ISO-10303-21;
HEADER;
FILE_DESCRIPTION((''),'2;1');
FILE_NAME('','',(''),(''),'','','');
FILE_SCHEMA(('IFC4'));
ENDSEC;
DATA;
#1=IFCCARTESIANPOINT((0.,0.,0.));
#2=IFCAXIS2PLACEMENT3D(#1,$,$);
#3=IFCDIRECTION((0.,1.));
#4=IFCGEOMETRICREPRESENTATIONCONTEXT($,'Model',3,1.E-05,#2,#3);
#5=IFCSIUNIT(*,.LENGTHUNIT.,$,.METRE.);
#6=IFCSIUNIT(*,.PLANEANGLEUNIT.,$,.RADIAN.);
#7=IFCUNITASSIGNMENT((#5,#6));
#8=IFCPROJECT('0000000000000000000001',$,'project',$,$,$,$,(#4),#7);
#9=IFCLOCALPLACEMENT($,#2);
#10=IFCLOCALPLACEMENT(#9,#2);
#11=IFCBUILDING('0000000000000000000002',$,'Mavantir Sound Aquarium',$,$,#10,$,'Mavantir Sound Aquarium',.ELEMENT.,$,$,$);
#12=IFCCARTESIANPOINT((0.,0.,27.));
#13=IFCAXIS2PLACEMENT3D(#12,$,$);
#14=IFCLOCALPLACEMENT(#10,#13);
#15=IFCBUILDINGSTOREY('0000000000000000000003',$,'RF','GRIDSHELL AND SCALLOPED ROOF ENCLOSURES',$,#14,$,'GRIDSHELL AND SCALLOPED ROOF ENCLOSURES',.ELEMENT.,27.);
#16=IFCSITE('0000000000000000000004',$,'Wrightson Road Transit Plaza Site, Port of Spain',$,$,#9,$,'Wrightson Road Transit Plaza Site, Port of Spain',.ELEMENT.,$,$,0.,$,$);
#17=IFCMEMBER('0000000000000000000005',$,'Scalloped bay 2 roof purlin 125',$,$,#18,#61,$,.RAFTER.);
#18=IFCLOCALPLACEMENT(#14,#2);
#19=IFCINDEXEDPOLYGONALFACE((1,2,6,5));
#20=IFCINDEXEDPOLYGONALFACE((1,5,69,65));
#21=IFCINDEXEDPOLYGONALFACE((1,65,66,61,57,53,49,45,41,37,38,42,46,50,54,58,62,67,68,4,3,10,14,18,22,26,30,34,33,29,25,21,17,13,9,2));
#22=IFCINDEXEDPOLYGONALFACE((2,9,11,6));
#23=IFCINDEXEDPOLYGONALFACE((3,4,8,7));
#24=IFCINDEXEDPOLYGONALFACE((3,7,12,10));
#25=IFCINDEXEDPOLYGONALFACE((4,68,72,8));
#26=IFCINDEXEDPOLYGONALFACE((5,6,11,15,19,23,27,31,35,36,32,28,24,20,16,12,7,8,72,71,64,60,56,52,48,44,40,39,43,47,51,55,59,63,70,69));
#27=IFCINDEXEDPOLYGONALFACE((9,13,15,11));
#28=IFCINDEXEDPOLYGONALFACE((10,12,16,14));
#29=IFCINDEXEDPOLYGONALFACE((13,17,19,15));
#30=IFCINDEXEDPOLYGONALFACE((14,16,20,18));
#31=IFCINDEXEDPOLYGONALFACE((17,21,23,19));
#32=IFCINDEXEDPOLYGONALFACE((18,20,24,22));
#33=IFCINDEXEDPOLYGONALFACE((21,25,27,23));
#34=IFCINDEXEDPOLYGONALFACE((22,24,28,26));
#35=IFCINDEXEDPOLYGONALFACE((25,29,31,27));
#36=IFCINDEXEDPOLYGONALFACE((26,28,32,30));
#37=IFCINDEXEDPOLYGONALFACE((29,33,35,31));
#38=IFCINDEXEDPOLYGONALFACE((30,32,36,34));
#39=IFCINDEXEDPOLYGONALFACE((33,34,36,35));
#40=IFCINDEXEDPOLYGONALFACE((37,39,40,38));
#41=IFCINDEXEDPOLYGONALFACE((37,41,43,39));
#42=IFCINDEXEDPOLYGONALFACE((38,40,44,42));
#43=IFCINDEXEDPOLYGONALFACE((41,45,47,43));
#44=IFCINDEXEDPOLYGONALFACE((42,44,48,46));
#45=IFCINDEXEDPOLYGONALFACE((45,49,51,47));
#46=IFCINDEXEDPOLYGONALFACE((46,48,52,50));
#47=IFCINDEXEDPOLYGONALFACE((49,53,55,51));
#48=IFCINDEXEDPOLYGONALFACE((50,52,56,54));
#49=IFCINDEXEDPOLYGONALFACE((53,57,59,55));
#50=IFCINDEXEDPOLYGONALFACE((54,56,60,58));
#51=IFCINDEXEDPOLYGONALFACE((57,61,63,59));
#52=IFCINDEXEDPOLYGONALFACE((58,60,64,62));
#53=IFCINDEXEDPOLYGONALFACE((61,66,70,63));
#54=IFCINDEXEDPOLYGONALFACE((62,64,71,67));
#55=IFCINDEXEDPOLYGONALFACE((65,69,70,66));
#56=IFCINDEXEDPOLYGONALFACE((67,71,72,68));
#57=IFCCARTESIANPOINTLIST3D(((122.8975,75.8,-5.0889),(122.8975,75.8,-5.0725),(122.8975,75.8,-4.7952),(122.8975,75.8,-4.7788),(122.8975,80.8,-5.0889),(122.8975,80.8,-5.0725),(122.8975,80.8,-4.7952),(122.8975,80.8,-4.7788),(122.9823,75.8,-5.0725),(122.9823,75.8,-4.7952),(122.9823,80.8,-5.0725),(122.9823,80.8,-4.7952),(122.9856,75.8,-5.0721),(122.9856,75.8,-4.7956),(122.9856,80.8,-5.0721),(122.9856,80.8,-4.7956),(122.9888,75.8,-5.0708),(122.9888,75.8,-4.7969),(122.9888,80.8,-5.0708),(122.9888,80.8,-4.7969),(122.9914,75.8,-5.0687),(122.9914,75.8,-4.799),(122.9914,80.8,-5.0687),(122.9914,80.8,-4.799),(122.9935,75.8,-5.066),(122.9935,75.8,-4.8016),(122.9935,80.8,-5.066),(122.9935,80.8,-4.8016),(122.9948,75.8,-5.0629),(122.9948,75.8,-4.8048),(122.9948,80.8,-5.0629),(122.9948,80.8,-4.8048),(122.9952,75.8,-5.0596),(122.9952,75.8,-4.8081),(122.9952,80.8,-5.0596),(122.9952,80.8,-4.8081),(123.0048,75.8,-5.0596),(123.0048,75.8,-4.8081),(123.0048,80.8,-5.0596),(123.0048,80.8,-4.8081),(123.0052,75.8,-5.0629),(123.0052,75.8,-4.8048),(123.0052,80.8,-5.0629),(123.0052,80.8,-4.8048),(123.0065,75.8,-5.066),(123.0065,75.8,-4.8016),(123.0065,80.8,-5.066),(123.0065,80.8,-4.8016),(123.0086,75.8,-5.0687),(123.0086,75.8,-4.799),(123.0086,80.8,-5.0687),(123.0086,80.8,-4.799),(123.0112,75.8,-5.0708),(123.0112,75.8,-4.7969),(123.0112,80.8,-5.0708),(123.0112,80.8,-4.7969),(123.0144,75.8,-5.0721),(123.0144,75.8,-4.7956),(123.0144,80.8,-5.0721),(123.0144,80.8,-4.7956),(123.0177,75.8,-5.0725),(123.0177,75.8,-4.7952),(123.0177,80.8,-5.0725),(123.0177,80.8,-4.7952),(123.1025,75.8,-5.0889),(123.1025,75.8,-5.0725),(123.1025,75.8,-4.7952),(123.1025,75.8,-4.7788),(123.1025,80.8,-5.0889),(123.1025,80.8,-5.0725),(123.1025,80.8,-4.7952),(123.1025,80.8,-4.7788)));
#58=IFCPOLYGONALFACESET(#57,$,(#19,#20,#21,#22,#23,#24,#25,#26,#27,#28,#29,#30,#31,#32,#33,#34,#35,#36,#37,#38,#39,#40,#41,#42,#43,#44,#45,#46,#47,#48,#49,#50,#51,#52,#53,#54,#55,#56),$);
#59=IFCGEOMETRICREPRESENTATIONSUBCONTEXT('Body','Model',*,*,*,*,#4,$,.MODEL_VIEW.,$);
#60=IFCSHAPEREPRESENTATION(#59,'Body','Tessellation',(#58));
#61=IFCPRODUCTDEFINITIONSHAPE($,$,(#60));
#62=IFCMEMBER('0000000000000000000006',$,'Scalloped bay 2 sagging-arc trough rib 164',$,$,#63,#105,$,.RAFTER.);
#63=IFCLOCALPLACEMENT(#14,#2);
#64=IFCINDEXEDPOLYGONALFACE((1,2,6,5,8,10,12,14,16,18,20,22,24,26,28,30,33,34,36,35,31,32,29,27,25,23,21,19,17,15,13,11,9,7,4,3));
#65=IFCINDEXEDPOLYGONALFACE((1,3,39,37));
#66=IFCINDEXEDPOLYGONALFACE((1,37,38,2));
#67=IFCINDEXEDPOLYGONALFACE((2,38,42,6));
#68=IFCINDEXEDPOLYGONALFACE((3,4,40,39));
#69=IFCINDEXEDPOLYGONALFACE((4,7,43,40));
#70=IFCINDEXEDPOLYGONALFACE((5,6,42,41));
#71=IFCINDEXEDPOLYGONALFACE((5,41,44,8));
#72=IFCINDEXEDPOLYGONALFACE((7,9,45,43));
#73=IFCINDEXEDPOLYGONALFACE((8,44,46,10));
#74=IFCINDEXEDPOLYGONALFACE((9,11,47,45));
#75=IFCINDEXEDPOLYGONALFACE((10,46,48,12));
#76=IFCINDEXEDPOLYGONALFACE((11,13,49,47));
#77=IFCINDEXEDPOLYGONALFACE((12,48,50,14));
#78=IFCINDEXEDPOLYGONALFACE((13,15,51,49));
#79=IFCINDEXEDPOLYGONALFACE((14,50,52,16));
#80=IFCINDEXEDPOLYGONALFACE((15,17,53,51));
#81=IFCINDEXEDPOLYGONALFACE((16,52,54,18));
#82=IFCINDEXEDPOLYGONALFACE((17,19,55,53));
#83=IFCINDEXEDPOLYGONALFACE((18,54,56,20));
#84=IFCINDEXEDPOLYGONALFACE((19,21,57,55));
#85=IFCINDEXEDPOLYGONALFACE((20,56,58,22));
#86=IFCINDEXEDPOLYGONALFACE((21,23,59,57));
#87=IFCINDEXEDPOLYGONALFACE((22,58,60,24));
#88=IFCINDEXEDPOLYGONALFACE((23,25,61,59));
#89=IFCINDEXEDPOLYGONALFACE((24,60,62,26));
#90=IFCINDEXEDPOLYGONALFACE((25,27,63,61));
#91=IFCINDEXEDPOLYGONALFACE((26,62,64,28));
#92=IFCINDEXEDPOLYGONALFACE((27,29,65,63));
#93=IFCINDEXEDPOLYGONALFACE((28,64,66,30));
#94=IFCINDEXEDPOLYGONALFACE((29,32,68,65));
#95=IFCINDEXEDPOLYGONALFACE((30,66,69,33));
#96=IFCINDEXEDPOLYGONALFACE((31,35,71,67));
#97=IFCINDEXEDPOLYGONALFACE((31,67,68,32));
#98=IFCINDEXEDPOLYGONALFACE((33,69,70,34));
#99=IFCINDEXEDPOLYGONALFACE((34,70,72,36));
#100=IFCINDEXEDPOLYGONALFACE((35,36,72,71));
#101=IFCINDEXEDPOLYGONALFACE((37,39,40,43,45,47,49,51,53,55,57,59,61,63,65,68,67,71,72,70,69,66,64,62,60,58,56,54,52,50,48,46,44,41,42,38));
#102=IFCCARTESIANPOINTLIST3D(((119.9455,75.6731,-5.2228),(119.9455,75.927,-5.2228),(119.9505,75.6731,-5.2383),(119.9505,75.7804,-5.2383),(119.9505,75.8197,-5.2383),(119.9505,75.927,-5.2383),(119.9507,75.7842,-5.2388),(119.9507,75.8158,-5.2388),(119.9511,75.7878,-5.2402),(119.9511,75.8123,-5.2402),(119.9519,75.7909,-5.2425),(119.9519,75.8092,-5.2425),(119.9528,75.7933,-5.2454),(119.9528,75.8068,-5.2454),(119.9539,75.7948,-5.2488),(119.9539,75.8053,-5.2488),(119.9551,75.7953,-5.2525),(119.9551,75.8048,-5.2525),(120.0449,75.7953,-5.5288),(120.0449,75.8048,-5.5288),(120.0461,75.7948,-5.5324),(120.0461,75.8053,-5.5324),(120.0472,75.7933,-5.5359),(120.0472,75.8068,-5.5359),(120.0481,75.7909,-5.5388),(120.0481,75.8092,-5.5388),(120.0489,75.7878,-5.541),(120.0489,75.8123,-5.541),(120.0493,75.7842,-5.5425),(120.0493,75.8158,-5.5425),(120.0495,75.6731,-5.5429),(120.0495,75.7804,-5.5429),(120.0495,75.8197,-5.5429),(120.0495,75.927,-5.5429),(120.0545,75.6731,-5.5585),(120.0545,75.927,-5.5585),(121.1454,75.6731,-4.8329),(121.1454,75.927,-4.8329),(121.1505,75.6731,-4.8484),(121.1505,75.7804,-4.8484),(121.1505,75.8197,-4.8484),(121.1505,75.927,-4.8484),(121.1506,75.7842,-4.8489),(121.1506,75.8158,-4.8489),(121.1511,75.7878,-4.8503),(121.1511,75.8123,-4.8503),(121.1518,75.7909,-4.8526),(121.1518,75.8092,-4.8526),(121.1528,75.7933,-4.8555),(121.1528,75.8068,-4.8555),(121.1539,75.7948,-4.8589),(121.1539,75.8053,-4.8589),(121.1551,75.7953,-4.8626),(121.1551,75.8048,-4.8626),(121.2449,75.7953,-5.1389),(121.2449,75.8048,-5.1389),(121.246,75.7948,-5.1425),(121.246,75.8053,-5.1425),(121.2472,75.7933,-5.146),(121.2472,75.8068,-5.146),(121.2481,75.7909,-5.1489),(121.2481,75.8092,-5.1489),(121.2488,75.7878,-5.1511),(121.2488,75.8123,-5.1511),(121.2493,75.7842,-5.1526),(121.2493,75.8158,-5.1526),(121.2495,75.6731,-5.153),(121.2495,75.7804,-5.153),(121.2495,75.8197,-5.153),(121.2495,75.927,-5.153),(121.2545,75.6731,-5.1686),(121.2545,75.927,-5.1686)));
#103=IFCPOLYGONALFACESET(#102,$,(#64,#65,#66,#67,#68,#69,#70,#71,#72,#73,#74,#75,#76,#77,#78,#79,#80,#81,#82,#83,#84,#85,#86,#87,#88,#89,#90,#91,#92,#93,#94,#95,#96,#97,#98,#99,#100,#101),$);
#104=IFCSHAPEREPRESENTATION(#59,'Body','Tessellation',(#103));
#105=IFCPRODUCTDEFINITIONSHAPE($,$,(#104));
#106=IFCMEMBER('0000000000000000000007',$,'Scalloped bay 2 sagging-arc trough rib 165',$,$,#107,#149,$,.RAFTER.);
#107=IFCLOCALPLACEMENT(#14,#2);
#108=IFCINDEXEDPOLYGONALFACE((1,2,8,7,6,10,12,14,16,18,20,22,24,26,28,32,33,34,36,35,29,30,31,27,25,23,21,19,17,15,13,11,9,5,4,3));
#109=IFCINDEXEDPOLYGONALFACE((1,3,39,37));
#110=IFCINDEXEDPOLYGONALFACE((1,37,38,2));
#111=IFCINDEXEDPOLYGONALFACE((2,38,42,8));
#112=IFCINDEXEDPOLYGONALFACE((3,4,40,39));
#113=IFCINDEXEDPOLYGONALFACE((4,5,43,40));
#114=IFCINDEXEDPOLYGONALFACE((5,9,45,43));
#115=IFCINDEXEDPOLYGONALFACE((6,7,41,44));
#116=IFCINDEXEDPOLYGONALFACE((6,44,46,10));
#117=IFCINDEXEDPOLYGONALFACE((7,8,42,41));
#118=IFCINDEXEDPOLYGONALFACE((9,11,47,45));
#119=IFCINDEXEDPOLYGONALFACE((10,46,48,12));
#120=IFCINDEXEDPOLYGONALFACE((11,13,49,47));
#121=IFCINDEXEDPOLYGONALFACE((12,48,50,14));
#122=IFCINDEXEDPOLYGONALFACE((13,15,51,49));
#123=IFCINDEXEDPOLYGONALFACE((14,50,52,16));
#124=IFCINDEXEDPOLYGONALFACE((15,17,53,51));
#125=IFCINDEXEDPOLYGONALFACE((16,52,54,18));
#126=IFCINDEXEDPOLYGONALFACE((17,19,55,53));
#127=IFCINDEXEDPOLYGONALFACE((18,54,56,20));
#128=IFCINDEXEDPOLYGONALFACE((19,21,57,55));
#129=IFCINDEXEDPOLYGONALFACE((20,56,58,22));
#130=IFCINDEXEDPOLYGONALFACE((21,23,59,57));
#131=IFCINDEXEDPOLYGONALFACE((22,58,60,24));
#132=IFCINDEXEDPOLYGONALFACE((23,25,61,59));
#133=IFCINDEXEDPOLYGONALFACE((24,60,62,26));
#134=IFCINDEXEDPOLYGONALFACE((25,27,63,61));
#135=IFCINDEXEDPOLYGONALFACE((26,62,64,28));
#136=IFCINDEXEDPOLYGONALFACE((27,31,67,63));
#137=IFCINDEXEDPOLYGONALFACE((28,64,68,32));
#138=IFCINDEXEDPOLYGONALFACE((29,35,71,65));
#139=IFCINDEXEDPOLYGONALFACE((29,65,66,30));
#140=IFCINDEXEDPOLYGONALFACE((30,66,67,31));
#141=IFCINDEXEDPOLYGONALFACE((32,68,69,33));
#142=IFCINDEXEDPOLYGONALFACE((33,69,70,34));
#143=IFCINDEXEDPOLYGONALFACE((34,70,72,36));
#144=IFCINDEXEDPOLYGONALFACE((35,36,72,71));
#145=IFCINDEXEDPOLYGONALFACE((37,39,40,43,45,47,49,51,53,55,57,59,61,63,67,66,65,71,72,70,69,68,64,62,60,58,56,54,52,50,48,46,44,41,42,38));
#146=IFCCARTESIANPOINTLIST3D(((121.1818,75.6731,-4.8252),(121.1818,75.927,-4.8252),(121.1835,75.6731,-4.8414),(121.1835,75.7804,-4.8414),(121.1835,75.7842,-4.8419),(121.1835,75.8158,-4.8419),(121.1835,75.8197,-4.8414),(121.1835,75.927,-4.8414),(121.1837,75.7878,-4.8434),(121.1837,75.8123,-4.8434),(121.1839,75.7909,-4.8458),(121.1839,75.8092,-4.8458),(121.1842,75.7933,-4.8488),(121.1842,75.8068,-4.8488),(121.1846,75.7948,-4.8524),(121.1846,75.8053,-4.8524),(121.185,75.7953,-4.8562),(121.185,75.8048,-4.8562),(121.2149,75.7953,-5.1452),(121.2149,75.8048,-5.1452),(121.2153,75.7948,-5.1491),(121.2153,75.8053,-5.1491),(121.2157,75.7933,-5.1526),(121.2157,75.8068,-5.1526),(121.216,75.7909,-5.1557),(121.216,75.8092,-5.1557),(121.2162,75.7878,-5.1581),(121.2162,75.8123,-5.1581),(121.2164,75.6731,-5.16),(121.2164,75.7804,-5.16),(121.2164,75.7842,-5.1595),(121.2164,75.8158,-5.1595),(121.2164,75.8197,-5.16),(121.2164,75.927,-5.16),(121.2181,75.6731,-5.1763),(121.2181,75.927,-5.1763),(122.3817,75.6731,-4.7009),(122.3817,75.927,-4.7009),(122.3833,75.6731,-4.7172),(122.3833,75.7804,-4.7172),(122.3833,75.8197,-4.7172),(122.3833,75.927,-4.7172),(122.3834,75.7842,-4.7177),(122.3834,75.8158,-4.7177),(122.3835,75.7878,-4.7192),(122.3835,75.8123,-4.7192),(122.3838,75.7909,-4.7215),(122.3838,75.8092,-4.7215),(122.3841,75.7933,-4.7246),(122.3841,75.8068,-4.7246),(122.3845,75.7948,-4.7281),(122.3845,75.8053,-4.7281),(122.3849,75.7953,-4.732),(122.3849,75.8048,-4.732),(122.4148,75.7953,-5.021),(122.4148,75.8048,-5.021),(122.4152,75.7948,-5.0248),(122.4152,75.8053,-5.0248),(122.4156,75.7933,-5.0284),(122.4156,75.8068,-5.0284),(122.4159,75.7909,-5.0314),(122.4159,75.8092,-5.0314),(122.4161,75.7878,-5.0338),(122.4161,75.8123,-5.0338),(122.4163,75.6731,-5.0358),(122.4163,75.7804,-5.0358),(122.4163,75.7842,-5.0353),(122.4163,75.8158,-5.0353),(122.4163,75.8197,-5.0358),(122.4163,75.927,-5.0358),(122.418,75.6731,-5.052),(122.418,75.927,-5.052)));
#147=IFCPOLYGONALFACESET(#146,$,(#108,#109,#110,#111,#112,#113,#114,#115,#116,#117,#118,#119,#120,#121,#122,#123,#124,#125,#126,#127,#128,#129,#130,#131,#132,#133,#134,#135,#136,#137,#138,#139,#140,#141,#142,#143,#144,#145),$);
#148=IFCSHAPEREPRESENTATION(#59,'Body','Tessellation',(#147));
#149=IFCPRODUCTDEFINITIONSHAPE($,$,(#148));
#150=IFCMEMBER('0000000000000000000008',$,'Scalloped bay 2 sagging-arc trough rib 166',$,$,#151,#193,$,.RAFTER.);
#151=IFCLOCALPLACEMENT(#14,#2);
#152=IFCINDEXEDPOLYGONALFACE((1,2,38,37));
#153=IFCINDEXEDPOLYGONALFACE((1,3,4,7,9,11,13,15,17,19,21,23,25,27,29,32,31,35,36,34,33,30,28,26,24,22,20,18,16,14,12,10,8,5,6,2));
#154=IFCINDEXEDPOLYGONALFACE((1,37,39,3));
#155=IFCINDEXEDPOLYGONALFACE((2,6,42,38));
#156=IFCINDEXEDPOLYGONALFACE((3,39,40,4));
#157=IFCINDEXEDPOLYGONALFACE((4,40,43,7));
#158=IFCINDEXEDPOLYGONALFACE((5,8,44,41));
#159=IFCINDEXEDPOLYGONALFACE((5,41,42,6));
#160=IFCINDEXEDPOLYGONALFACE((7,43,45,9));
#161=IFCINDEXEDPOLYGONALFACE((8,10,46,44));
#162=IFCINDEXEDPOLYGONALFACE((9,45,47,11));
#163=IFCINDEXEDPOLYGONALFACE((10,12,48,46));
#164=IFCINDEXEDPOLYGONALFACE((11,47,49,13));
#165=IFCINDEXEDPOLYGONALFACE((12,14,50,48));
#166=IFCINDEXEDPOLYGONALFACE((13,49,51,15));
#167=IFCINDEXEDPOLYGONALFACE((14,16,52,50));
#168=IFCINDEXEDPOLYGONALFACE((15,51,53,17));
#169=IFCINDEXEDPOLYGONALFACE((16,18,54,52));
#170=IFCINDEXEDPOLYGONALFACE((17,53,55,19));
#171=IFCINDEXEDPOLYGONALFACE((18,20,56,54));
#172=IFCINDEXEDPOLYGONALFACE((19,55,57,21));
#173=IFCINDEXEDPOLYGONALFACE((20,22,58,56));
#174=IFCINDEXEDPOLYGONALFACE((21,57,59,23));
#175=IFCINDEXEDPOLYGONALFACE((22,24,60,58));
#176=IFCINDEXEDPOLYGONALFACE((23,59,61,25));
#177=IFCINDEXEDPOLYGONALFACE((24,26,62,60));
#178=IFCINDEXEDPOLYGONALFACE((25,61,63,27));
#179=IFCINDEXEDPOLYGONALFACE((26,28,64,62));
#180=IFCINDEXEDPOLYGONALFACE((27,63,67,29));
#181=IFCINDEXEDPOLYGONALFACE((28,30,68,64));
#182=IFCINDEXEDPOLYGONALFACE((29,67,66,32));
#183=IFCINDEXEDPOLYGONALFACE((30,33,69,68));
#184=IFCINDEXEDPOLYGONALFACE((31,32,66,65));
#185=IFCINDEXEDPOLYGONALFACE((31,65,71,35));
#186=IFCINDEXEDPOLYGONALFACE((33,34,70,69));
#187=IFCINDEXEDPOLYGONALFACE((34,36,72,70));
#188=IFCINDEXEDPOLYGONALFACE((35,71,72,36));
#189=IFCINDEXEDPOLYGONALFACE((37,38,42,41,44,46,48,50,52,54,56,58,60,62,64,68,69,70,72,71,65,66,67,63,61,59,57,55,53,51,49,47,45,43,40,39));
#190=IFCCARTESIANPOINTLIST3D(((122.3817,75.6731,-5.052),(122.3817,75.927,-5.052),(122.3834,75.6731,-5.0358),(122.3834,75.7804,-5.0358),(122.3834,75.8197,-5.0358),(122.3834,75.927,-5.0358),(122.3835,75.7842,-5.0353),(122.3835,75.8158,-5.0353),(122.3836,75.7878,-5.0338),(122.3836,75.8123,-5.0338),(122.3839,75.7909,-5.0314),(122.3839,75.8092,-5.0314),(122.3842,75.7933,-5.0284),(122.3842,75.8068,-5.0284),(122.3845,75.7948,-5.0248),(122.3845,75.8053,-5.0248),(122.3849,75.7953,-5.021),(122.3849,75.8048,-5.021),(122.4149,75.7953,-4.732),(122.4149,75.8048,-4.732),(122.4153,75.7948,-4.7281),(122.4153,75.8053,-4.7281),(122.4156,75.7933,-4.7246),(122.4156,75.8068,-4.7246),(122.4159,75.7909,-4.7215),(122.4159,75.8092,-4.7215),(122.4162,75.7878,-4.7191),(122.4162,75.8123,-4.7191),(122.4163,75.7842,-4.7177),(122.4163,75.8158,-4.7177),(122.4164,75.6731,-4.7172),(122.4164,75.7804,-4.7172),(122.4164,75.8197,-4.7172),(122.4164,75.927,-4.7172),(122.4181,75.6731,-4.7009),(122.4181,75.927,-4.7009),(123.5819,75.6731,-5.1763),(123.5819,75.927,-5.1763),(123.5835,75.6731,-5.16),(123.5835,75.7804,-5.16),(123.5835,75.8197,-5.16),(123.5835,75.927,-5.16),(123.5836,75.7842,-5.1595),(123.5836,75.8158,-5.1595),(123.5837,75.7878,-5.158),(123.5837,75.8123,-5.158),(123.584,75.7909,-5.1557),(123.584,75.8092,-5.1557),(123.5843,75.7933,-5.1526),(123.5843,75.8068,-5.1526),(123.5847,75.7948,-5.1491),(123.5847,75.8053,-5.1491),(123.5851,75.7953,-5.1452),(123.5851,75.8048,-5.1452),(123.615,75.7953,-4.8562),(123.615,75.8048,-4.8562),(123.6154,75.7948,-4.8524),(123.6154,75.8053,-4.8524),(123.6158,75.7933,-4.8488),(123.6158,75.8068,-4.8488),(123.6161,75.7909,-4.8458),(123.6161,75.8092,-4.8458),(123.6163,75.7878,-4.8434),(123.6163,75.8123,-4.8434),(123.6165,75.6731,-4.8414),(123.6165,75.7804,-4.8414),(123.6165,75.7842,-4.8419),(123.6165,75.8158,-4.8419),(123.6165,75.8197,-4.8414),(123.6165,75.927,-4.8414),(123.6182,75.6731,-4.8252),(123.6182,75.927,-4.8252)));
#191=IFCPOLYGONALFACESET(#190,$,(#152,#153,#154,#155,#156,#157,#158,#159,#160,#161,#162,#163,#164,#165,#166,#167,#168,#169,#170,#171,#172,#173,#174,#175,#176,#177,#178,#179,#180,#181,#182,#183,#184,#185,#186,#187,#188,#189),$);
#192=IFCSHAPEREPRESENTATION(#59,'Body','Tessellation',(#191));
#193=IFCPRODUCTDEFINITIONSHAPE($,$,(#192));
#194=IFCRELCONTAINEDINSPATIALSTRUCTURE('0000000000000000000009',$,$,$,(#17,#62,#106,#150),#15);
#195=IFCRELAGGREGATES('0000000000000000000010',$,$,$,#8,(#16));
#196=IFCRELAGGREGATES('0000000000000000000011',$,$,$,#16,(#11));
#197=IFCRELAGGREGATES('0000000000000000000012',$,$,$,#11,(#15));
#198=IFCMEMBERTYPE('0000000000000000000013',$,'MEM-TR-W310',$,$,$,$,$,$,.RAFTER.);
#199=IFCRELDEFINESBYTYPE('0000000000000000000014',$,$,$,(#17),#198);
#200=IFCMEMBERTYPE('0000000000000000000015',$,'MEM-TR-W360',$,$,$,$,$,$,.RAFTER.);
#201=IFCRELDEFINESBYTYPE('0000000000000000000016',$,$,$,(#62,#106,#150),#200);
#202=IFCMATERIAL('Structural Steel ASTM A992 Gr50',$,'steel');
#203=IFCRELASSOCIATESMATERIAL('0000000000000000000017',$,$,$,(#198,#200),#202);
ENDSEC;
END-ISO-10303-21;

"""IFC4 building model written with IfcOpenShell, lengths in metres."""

from ifc_helpers import new_model, si_unit, direction, frame, origin, origin_2d, place, context, subcontext, project, spatial, i_section, extrude, material, material_profile, profile_set, type_object, element, save


model = new_model("IFC4")

# Units and contexts
model_context = context("Model", 3, precision=1e-05, world=origin(), true_north=direction((0.0, 1.0)))
body_context = subcontext(model_context, "Body", "Model", "MODEL_VIEW")
ifc_project = project(units=[si_unit("LENGTHUNIT", "METRE"), si_unit("PLANEANGLEUNIT", "RADIAN")], contexts=[model_context])

# Site, building, storey
site_placement = place(None, origin())
site = spatial("IfcSite", under=ifc_project, at=site_placement, Name="Wrightson Road Transit Plaza Site, Port of Spain", LongName="Wrightson Road Transit Plaza Site, Port of Spain", CompositionType="ELEMENT", RefElevation=0.0)
building_placement = place(site_placement, origin())
building = spatial("IfcBuilding", under=site, at=building_placement, Name="Mavantir Sound Aquarium", LongName="Mavantir Sound Aquarium", CompositionType="ELEMENT")
storey_placement = place(building_placement, frame((0.0, 0.0, 27.0)))
storey = spatial("IfcBuildingStorey", under=building, at=storey_placement, Name="RF", Description="GRIDSHELL AND SCALLOPED ROOF ENCLOSURES", LongName="GRIDSHELL AND SCALLOPED ROOF ENCLOSURES", CompositionType="ELEMENT", Elevation=27.0)

# Shared definitions
ifc_material_1 = material(Name="Structural Steel ASTM A992 Gr50", Category="steel")

# Members
ifc_material_profile_1 = material_profile(ifc_material_1, i_section(OverallWidth=0.2051, OverallDepth=0.3101, WebThickness=0.0095, FlangeThickness=0.0164, FilletRadius=0.0129, at=origin_2d()), Name="W310X74")
ifc_profile_set_1 = profile_set([ifc_material_profile_1], Name="Structural Steel ASTM A992 Gr50")
member_type_1 = type_object("IfcMemberType", Name="MEM-TR-W310", PredefinedType="RAFTER", material=ifc_profile_set_1)
for number, where, z_axis, x_axis, name in (
    (1, (123.0, 75.8, -4.9338), (0.0, 1.0, 0.0), (-1.0, 0.0, 0.0), "Scalloped bay 2 roof purlin 125"),
):
    element("IfcMember", number, at=place(storey_placement, frame(where, z_axis=z_axis, x_axis=x_axis)), inside=storey, type_object=member_type_1, Name=name, PredefinedType="RAFTER", context=body_context, shape_type="SweptSolid", body=[
        extrude(i_section(OverallWidth=0.2051, OverallDepth=0.3101, WebThickness=0.0095, FlangeThickness=0.0164, FilletRadius=0.0129, at=origin_2d()), origin(), (0.0, 0.0, 1.0), 5.0),
    ])
ifc_material_profile_2 = material_profile(ifc_material_1, i_section(OverallWidth=0.2539, OverallDepth=0.353, WebThickness=0.0095, FlangeThickness=0.0164, FilletRadius=0.0149, at=origin_2d()), Name="W360X91")
ifc_profile_set_2 = profile_set([ifc_material_profile_2], Name="Structural Steel ASTM A992 Gr50")
member_type_2 = type_object("IfcMemberType", Name="MEM-TR-W360", PredefinedType="RAFTER", material=ifc_profile_set_2)
member_1_placement = place(storey_placement, frame((120.0, 75.8, -5.3906), z_axis=(0.951055, 0.0, 0.30902), x_axis=(0.0, 1.0, 0.0)))
element("IfcMember", 2, at=member_1_placement, inside=storey, type_object=member_type_2, Name="Scalloped bay 2 sagging-arc trough rib 164", PredefinedType="RAFTER", context=body_context, shape_type="SweptSolid", body=[
    extrude(i_section(OverallWidth=0.2539, OverallDepth=0.353, WebThickness=0.0095, FlangeThickness=0.0164, FilletRadius=0.0149, at=origin_2d()), origin(), (0.0, 0.0, 1.0), 1.2617),
])
member_2_placement = place(storey_placement, frame((121.2, 75.8, -5.0007), z_axis=(0.99468, 0.0, 0.10301), x_axis=(0.0, 1.0, 0.0)))
element("IfcMember", 3, at=member_2_placement, inside=storey, type_object=member_type_2, Name="Scalloped bay 2 sagging-arc trough rib 165", PredefinedType="RAFTER", context=body_context, shape_type="SweptSolid", body=[
    extrude(i_section(OverallWidth=0.2539, OverallDepth=0.353, WebThickness=0.0095, FlangeThickness=0.0164, FilletRadius=0.0149, at=origin_2d()), origin(), (0.0, 0.0, 1.0), 1.2063),
])
member_3_placement = place(storey_placement, frame((122.3999, 75.8, -4.8765), z_axis=(0.994683, 0.0, -0.102989), x_axis=(0.0, 1.0, 0.0)))
element("IfcMember", 4, at=member_3_placement, inside=storey, type_object=member_type_2, Name="Scalloped bay 2 sagging-arc trough rib 166", PredefinedType="RAFTER", context=body_context, shape_type="SweptSolid", body=[
    extrude(i_section(OverallWidth=0.2539, OverallDepth=0.353, WebThickness=0.0095, FlangeThickness=0.0164, FilletRadius=0.0149, at=origin_2d()), origin(), (0.0, 0.0, 1.0), 1.2065),
])

save(model, "model.ifc")
